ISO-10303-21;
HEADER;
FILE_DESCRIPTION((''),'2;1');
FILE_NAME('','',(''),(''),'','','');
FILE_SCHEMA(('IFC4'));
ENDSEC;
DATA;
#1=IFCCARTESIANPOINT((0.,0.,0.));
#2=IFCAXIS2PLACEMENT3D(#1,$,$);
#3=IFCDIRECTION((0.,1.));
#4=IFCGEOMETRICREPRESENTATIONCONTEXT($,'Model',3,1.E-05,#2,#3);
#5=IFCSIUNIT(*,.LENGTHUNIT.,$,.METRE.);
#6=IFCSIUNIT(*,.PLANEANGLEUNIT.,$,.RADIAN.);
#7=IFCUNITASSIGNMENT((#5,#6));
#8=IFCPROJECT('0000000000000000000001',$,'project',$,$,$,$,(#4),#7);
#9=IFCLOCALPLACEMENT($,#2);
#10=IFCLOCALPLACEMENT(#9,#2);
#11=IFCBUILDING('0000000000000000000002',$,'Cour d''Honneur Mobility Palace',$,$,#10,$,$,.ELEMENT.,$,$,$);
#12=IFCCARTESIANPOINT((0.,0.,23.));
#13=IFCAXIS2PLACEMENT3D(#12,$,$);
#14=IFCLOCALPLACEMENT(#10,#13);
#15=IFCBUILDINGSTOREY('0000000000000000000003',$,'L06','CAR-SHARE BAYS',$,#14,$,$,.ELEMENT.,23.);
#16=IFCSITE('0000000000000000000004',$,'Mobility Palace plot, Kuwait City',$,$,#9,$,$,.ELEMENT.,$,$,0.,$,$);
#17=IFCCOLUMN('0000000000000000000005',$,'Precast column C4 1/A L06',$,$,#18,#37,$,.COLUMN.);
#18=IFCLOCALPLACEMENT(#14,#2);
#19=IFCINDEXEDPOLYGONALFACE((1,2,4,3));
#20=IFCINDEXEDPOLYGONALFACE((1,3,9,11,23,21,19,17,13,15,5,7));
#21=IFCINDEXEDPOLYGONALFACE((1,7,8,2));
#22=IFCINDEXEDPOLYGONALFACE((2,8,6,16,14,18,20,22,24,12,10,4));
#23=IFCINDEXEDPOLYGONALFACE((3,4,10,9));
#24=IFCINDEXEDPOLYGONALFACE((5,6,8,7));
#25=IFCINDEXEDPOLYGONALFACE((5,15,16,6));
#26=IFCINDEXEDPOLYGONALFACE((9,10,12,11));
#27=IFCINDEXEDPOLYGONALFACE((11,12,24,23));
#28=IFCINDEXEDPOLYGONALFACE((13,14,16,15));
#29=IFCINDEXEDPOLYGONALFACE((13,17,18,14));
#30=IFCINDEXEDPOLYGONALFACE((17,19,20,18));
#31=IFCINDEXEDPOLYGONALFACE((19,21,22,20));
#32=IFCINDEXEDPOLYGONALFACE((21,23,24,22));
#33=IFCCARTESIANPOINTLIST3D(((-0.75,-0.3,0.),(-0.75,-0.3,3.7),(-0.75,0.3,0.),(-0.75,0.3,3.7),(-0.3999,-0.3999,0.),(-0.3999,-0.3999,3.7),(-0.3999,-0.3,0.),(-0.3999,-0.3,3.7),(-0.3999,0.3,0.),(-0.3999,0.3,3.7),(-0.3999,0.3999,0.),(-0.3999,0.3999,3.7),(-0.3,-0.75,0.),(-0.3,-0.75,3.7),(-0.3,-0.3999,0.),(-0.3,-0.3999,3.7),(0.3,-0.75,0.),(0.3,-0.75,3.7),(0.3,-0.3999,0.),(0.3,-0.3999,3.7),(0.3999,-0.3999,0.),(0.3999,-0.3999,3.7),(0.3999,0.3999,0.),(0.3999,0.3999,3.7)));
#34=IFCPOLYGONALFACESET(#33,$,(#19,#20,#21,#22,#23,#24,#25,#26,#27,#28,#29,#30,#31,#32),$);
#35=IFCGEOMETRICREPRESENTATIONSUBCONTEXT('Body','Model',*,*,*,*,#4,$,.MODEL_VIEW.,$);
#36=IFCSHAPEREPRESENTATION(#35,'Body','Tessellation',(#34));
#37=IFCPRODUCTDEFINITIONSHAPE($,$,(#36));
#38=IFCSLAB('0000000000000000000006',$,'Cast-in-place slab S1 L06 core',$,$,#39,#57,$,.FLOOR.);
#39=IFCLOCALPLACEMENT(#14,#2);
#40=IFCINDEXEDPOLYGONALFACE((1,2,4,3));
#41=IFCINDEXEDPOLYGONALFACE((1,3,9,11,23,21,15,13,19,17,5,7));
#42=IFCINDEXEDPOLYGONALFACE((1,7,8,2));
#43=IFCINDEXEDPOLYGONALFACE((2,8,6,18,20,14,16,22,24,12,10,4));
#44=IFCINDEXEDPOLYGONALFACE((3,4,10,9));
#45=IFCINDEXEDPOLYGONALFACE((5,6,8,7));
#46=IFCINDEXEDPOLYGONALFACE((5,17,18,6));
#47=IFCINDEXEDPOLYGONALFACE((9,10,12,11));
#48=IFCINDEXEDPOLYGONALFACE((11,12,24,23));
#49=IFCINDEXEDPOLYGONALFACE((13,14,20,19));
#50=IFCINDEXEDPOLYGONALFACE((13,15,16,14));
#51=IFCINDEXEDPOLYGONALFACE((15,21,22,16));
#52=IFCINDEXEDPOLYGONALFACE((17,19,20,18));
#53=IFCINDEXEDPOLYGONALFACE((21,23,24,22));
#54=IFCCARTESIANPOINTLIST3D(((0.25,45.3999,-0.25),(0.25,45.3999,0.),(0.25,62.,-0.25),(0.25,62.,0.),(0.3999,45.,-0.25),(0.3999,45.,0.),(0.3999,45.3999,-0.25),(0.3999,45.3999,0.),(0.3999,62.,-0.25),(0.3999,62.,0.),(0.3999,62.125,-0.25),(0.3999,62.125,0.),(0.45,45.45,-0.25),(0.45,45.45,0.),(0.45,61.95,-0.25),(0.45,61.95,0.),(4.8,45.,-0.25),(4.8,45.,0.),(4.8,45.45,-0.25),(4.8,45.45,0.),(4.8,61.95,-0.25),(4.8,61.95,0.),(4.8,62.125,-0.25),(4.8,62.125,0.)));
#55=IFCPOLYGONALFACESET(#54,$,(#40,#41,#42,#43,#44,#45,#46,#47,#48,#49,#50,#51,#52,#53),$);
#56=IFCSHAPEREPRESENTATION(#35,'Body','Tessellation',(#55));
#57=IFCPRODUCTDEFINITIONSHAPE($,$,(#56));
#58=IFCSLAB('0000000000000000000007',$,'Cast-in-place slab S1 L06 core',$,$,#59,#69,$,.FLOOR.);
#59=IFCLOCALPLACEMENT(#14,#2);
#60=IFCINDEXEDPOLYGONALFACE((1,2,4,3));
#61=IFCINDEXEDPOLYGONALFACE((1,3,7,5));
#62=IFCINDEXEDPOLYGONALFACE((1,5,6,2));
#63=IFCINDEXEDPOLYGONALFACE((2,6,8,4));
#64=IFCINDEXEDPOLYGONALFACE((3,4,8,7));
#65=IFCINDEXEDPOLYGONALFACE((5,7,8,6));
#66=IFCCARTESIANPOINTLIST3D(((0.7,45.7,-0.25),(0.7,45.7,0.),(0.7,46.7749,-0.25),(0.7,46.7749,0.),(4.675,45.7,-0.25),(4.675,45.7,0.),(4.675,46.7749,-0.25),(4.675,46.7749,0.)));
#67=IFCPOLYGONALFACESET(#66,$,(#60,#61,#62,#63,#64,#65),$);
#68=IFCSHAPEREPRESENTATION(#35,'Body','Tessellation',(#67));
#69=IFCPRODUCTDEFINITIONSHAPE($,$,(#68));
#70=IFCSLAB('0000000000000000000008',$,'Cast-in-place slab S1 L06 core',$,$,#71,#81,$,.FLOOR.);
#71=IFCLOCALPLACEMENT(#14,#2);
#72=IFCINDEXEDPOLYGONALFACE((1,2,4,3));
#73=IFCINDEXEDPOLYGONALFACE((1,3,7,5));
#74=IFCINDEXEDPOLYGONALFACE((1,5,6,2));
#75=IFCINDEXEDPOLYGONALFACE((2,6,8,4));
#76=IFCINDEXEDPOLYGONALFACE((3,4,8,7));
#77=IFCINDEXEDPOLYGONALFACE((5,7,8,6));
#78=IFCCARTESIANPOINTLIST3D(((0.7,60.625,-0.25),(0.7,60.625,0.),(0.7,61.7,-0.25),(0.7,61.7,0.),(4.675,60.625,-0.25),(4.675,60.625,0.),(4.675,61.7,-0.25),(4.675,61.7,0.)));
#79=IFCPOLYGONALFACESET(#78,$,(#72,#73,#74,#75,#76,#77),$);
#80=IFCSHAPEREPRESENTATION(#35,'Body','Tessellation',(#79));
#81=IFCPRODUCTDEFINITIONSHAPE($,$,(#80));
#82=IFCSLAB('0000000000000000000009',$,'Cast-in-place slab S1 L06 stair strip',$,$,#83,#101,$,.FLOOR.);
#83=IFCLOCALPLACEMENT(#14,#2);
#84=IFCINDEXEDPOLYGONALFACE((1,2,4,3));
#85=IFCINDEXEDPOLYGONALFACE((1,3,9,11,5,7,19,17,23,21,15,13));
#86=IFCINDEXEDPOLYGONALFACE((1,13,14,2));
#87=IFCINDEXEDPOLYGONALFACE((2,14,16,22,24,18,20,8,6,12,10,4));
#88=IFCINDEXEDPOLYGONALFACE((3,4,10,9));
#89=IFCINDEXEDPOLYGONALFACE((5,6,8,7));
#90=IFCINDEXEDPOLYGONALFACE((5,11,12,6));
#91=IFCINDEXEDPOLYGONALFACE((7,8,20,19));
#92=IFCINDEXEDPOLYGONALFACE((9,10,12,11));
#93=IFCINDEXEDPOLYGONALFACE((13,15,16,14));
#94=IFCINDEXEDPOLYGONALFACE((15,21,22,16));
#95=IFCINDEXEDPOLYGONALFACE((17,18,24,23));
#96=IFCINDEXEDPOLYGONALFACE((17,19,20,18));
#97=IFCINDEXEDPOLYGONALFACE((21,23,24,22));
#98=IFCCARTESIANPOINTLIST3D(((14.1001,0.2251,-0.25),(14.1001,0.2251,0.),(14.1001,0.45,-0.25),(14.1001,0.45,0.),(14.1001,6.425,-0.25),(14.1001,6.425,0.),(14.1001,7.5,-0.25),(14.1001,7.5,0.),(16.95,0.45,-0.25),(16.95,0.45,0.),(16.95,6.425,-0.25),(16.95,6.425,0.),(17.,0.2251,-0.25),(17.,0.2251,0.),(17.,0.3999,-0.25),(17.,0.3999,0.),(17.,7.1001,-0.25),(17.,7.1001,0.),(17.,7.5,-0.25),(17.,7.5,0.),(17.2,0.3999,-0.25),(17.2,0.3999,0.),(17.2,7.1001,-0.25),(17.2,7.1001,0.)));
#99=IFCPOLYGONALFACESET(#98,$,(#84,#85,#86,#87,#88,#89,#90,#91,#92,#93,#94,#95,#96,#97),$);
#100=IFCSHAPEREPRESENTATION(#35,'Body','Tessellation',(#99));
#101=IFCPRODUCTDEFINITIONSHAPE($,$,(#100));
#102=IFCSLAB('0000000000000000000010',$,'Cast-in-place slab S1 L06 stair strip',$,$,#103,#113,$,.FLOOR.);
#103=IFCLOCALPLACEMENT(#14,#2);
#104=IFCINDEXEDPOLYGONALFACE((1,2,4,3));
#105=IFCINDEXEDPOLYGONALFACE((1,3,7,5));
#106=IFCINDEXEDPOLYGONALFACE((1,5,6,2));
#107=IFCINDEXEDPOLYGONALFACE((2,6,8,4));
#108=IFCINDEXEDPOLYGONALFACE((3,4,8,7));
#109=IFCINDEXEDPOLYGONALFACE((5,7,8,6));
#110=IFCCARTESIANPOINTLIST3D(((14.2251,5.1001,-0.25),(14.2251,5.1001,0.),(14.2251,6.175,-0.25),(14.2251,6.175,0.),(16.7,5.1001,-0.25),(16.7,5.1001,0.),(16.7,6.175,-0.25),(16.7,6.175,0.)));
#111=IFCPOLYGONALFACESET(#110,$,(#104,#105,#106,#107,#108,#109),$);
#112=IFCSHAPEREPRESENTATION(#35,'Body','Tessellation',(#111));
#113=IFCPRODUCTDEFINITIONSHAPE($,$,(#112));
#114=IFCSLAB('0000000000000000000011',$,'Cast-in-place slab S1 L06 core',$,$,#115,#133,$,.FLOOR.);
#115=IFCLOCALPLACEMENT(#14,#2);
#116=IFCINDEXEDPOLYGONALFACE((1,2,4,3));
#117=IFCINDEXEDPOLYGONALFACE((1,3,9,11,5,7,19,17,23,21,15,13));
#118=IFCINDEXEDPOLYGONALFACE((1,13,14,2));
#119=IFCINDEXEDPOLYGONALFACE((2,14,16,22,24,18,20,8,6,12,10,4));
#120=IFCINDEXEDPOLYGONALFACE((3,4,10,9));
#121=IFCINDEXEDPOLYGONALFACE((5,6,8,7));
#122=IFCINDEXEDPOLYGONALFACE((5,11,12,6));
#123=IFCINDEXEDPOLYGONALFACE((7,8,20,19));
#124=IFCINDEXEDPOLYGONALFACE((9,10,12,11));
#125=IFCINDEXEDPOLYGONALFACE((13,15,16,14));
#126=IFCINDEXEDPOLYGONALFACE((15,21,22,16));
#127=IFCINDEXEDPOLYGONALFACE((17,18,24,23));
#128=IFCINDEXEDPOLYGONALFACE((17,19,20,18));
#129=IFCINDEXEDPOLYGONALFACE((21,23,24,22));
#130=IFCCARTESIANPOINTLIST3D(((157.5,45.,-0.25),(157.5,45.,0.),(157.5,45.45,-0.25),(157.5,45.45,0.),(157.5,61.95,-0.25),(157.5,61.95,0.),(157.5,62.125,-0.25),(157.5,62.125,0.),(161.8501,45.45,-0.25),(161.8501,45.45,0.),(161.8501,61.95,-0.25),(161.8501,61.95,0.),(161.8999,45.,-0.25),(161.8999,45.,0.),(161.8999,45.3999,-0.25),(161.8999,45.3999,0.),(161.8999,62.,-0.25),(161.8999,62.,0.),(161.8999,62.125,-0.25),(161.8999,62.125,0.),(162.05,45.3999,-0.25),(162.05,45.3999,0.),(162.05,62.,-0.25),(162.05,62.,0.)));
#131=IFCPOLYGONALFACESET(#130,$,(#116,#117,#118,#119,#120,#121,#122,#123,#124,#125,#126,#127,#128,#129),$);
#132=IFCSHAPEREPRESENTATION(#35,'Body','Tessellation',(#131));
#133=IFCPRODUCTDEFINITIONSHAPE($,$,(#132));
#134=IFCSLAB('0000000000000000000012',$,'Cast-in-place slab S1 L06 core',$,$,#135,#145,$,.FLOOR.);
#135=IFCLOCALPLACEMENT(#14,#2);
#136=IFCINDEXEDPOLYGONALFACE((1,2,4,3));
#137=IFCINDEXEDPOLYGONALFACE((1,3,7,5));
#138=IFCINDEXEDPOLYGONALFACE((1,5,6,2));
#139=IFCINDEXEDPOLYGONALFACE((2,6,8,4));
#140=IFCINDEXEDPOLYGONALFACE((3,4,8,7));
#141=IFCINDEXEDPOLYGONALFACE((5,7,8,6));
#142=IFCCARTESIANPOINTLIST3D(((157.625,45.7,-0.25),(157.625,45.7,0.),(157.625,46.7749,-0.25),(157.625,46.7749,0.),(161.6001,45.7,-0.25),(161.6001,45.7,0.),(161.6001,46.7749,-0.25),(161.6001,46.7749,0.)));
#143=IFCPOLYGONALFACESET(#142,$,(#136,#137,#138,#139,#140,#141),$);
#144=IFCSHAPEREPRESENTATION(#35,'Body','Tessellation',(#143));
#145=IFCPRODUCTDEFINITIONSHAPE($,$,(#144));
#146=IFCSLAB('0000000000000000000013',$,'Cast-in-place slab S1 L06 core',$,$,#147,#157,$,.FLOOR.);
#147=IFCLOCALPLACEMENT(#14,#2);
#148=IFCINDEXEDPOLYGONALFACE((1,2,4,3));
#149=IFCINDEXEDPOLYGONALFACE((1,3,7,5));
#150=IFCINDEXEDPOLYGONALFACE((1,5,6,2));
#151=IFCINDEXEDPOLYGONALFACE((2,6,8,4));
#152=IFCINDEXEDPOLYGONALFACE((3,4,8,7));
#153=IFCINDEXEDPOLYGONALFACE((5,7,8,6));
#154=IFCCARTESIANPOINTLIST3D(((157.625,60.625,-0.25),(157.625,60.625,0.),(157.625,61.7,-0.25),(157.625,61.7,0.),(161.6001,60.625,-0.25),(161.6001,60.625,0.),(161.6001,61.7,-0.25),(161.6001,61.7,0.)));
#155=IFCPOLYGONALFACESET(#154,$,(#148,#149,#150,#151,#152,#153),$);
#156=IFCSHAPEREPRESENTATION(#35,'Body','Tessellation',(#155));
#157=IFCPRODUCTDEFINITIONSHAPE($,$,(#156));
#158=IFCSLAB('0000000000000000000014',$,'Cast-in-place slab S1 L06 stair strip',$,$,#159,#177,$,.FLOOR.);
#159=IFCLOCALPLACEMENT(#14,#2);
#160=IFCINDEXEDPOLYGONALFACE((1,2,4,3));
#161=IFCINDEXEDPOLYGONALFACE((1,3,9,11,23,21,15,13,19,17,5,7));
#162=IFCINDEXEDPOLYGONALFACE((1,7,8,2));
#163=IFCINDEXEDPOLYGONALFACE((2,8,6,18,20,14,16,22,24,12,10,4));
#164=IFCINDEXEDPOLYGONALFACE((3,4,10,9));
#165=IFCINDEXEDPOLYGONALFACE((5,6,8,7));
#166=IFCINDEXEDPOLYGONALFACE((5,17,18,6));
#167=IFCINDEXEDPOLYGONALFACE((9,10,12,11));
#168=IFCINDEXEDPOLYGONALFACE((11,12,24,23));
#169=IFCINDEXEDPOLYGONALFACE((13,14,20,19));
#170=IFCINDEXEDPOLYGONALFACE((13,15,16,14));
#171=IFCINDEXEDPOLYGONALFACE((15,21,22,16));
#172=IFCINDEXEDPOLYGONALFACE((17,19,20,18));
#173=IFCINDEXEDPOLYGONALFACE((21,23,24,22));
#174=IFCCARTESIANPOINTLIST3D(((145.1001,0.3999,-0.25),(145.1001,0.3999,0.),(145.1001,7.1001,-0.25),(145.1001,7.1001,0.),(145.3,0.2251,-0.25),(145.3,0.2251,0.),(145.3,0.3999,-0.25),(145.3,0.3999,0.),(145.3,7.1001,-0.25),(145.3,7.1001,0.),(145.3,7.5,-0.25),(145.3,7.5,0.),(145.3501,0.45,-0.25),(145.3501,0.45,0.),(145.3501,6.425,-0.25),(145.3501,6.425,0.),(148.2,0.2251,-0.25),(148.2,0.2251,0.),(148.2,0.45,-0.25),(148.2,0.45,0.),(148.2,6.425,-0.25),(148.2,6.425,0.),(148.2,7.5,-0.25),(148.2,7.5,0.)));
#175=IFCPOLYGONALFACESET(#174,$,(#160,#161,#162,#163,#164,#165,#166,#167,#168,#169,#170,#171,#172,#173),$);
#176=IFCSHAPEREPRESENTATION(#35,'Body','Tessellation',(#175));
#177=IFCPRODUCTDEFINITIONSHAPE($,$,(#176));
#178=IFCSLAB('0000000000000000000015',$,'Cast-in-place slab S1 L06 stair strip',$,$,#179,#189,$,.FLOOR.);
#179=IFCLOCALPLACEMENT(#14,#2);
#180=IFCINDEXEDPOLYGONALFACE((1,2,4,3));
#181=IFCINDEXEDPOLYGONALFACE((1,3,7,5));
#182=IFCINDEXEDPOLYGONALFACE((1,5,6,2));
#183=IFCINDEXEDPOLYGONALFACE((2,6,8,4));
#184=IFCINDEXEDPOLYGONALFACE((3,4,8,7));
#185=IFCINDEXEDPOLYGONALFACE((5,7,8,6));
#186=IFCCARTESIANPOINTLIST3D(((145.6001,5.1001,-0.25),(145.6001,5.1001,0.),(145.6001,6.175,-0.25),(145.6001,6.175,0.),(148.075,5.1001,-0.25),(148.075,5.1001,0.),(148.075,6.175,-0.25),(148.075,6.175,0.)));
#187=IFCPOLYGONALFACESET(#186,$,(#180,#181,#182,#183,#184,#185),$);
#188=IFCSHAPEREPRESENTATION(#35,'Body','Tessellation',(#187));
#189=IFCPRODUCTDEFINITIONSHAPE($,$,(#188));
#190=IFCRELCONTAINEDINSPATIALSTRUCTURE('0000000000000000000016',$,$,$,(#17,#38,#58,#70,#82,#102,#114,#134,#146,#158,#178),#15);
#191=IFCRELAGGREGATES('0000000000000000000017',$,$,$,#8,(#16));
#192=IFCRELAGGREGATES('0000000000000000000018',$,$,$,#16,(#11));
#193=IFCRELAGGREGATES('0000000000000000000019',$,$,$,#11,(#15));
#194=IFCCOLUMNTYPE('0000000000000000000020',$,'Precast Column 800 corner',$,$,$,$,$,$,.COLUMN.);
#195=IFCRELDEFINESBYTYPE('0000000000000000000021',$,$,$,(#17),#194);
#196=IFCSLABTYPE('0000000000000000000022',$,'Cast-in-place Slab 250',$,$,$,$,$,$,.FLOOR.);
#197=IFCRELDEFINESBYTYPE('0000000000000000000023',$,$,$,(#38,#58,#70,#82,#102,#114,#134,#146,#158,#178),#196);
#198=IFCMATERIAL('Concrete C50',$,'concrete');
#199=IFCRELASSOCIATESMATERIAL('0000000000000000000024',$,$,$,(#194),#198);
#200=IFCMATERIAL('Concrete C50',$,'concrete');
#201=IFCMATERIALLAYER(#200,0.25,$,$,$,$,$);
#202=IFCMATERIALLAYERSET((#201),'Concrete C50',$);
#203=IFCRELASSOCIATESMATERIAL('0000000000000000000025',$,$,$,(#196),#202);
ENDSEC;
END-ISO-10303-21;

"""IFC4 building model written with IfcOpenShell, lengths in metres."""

from ifc_helpers import new_model, si_unit, direction, frame, origin, place, context, subcontext, project, spatial, polyline, outline, extrude, material, layer, layer_set, material_profile, profile_set, type_object, element, save


model = new_model("IFC4")

# Units and contexts
model_context = context("Model", 3, precision=1e-05, world=origin(), true_north=direction((0.0, 1.0)))
body_context = subcontext(model_context, "Body", "Model", "MODEL_VIEW")
ifc_project = project(units=[si_unit("LENGTHUNIT", "METRE"), si_unit("PLANEANGLEUNIT", "RADIAN")], contexts=[model_context])

# Site, building, storey
site_placement = place(None, origin())
site = spatial("IfcSite", under=ifc_project, at=site_placement, Name="Mobility Palace plot, Kuwait City", CompositionType="ELEMENT", RefElevation=0.0)
building_placement = place(site_placement, origin())
building = spatial("IfcBuilding", under=site, at=building_placement, Name="Cour d'Honneur Mobility Palace", CompositionType="ELEMENT")
storey_placement = place(building_placement, frame((0.0, 0.0, 23.0)))
storey = spatial("IfcBuildingStorey", under=building, at=storey_placement, Name="L06", Description="CAR-SHARE BAYS", CompositionType="ELEMENT", Elevation=23.0)

# Column
ifc_material_1 = material(Name="Concrete C50", Category="concrete")
ifc_material_profile = material_profile(ifc_material_1, outline(polyline([(-0.3999, -0.3999), (0.3999, -0.3999), (0.3999, -0.3), (0.75, -0.3), (0.75, 0.3), (0.3999, 0.3), (0.3999, 0.3999), (0.3, 0.3999), (0.3, 0.75), (-0.3, 0.75), (-0.3, 0.3999), (-0.3999, 0.3999), (-0.3999, -0.3999)])), Name="PC C800 corner")
ifc_profile_set = profile_set([ifc_material_profile], Name="Concrete C50")
column_type = type_object("IfcColumnType", Name="Precast Column 800 corner", PredefinedType="COLUMN", material=ifc_profile_set)
column_placement = place(storey_placement, frame((0.0, 0.0, 0.0), z_axis=(0.0, 0.0, 1.0), x_axis=(-1.0, 0.0, 0.0)))
element("IfcColumn", 1, at=column_placement, inside=storey, type_object=column_type, Name="Precast column C4 1/A L06", PredefinedType="COLUMN", context=body_context, shape_type="SweptSolid", body=[
    extrude(outline(polyline([(-0.3999, -0.3999), (0.3999, -0.3999), (0.3999, -0.3), (0.75, -0.3), (0.75, 0.3), (0.3999, 0.3), (0.3999, 0.3999), (0.3, 0.3999), (0.3, 0.75), (-0.3, 0.75), (-0.3, 0.3999), (-0.3999, 0.3999), (-0.3999, -0.3999)])), origin(), (0.0, 0.0, 1.0), 3.7),
])

# Slabs
ifc_material_2 = material(Name="Concrete C50", Category="concrete")
ifc_layer_1 = layer(ifc_material_2, 0.25)
ifc_layer_set_1 = layer_set([ifc_layer_1], Name="Concrete C50")
slab_type_1 = type_object("IfcSlabType", Name="Cast-in-place Slab 250", PredefinedType="FLOOR", material=ifc_layer_set_1)
slab_1_placement = place(storey_placement, frame((0.0, 0.0, -0.25)))
element("IfcSlab", 2, at=slab_1_placement, inside=storey, type_object=slab_type_1, Name="Cast-in-place slab S1 L06 core", PredefinedType="FLOOR", context=body_context, shape_type="SweptSolid", body=[
    extrude(outline(polyline([(0.3999, 45.3999), (0.25, 45.3999), (0.25, 62.0), (0.3999, 62.0), (0.3999, 62.125), (4.8, 62.125), (4.8, 61.95), (0.45, 61.95), (0.45, 45.45), (4.8, 45.45), (4.8, 45.0), (0.3999, 45.0), (0.3999, 45.3999)])), origin(), (0.0, 0.0, 1.0), 0.25),
])
slab_2_placement = place(storey_placement, frame((0.0, 0.0, -0.25)))
element("IfcSlab", 3, at=slab_2_placement, inside=storey, type_object=slab_type_1, Name="Cast-in-place slab S1 L06 core", PredefinedType="FLOOR", context=body_context, shape_type="SweptSolid", body=[
    extrude(outline(polyline([(0.7, 45.7), (0.7, 46.7749), (4.675, 46.7749), (4.675, 45.7), (0.7, 45.7)])), origin(), (0.0, 0.0, 1.0), 0.25),
])
slab_3_placement = place(storey_placement, frame((0.0, 0.0, -0.25)))
element("IfcSlab", 4, at=slab_3_placement, inside=storey, type_object=slab_type_1, Name="Cast-in-place slab S1 L06 core", PredefinedType="FLOOR", context=body_context, shape_type="SweptSolid", body=[
    extrude(outline(polyline([(4.675, 60.625), (0.7, 60.625), (0.7, 61.7), (4.675, 61.7), (4.675, 60.625)])), origin(), (0.0, 0.0, 1.0), 0.25),
])
slab_4_placement = place(storey_placement, frame((0.0, 0.0, -0.25)))
element("IfcSlab", 5, at=slab_4_placement, inside=storey, type_object=slab_type_1, Name="Cast-in-place slab S1 L06 stair strip", PredefinedType="FLOOR", context=body_context, shape_type="SweptSolid", body=[
    extrude(outline(polyline([(17.0, 7.1001), (17.2, 7.1001), (17.2, 0.3999), (17.0, 0.3999), (17.0, 0.2251), (14.1001, 0.2251), (14.1001, 0.45), (16.95, 0.45), (16.95, 6.425), (14.1001, 6.425), (14.1001, 7.5), (17.0, 7.5), (17.0, 7.1001)])), origin(), (0.0, 0.0, 1.0), 0.25),
])
slab_5_placement = place(storey_placement, frame((0.0, 0.0, -0.25)))
element("IfcSlab", 6, at=slab_5_placement, inside=storey, type_object=slab_type_1, Name="Cast-in-place slab S1 L06 stair strip", PredefinedType="FLOOR", context=body_context, shape_type="SweptSolid", body=[
    extrude(outline(polyline([(14.2251, 5.1001), (14.2251, 6.175), (16.7, 6.175), (16.7, 5.1001), (14.2251, 5.1001)])), origin(), (0.0, 0.0, 1.0), 0.25),
])
slab_6_placement = place(storey_placement, frame((0.0, 0.0, -0.25)))
element("IfcSlab", 7, at=slab_6_placement, inside=storey, type_object=slab_type_1, Name="Cast-in-place slab S1 L06 core", PredefinedType="FLOOR", context=body_context, shape_type="SweptSolid", body=[
    extrude(outline(polyline([(161.8999, 62.0), (162.05, 62.0), (162.05, 45.3999), (161.8999, 45.3999), (161.8999, 45.0), (157.5, 45.0), (157.5, 45.45), (161.8501, 45.45), (161.8501, 61.95), (157.5, 61.95), (157.5, 62.125), (161.8999, 62.125), (161.8999, 62.0)])), origin(), (0.0, 0.0, 1.0), 0.25),
])
slab_7_placement = place(storey_placement, frame((0.0, 0.0, -0.25)))
element("IfcSlab", 8, at=slab_7_placement, inside=storey, type_object=slab_type_1, Name="Cast-in-place slab S1 L06 core", PredefinedType="FLOOR", context=body_context, shape_type="SweptSolid", body=[
    extrude(outline(polyline([(157.625, 46.7749), (161.6001, 46.7749), (161.6001, 45.7), (157.625, 45.7), (157.625, 46.7749)])), origin(), (0.0, 0.0, 1.0), 0.25),
])
slab_8_placement = place(storey_placement, frame((0.0, 0.0, -0.25)))
element("IfcSlab", 9, at=slab_8_placement, inside=storey, type_object=slab_type_1, Name="Cast-in-place slab S1 L06 core", PredefinedType="FLOOR", context=body_context, shape_type="SweptSolid", body=[
    extrude(outline(polyline([(161.6001, 60.625), (157.625, 60.625), (157.625, 61.7), (161.6001, 61.7), (161.6001, 60.625)])), origin(), (0.0, 0.0, 1.0), 0.25),
])
slab_9_placement = place(storey_placement, frame((0.0, 0.0, -0.25)))
element("IfcSlab", 10, at=slab_9_placement, inside=storey, type_object=slab_type_1, Name="Cast-in-place slab S1 L06 stair strip", PredefinedType="FLOOR", context=body_context, shape_type="SweptSolid", body=[
    extrude(outline(polyline([(145.3, 0.3999), (145.1001, 0.3999), (145.1001, 7.1001), (145.3, 7.1001), (145.3, 7.5), (148.2, 7.5), (148.2, 6.425), (145.3501, 6.425), (145.3501, 0.45), (148.2, 0.45), (148.2, 0.2251), (145.3, 0.2251), (145.3, 0.3999)])), origin(), (0.0, 0.0, 1.0), 0.25),
])
slab_10_placement = place(storey_placement, frame((0.0, 0.0, -0.25)))
element("IfcSlab", 11, at=slab_10_placement, inside=storey, type_object=slab_type_1, Name="Cast-in-place slab S1 L06 stair strip", PredefinedType="FLOOR", context=body_context, shape_type="SweptSolid", body=[
    extrude(outline(polyline([(145.6001, 5.1001), (145.6001, 6.175), (148.075, 6.175), (148.075, 5.1001), (145.6001, 5.1001)])), origin(), (0.0, 0.0, 1.0), 0.25),
])

save(model, "model.ifc")
